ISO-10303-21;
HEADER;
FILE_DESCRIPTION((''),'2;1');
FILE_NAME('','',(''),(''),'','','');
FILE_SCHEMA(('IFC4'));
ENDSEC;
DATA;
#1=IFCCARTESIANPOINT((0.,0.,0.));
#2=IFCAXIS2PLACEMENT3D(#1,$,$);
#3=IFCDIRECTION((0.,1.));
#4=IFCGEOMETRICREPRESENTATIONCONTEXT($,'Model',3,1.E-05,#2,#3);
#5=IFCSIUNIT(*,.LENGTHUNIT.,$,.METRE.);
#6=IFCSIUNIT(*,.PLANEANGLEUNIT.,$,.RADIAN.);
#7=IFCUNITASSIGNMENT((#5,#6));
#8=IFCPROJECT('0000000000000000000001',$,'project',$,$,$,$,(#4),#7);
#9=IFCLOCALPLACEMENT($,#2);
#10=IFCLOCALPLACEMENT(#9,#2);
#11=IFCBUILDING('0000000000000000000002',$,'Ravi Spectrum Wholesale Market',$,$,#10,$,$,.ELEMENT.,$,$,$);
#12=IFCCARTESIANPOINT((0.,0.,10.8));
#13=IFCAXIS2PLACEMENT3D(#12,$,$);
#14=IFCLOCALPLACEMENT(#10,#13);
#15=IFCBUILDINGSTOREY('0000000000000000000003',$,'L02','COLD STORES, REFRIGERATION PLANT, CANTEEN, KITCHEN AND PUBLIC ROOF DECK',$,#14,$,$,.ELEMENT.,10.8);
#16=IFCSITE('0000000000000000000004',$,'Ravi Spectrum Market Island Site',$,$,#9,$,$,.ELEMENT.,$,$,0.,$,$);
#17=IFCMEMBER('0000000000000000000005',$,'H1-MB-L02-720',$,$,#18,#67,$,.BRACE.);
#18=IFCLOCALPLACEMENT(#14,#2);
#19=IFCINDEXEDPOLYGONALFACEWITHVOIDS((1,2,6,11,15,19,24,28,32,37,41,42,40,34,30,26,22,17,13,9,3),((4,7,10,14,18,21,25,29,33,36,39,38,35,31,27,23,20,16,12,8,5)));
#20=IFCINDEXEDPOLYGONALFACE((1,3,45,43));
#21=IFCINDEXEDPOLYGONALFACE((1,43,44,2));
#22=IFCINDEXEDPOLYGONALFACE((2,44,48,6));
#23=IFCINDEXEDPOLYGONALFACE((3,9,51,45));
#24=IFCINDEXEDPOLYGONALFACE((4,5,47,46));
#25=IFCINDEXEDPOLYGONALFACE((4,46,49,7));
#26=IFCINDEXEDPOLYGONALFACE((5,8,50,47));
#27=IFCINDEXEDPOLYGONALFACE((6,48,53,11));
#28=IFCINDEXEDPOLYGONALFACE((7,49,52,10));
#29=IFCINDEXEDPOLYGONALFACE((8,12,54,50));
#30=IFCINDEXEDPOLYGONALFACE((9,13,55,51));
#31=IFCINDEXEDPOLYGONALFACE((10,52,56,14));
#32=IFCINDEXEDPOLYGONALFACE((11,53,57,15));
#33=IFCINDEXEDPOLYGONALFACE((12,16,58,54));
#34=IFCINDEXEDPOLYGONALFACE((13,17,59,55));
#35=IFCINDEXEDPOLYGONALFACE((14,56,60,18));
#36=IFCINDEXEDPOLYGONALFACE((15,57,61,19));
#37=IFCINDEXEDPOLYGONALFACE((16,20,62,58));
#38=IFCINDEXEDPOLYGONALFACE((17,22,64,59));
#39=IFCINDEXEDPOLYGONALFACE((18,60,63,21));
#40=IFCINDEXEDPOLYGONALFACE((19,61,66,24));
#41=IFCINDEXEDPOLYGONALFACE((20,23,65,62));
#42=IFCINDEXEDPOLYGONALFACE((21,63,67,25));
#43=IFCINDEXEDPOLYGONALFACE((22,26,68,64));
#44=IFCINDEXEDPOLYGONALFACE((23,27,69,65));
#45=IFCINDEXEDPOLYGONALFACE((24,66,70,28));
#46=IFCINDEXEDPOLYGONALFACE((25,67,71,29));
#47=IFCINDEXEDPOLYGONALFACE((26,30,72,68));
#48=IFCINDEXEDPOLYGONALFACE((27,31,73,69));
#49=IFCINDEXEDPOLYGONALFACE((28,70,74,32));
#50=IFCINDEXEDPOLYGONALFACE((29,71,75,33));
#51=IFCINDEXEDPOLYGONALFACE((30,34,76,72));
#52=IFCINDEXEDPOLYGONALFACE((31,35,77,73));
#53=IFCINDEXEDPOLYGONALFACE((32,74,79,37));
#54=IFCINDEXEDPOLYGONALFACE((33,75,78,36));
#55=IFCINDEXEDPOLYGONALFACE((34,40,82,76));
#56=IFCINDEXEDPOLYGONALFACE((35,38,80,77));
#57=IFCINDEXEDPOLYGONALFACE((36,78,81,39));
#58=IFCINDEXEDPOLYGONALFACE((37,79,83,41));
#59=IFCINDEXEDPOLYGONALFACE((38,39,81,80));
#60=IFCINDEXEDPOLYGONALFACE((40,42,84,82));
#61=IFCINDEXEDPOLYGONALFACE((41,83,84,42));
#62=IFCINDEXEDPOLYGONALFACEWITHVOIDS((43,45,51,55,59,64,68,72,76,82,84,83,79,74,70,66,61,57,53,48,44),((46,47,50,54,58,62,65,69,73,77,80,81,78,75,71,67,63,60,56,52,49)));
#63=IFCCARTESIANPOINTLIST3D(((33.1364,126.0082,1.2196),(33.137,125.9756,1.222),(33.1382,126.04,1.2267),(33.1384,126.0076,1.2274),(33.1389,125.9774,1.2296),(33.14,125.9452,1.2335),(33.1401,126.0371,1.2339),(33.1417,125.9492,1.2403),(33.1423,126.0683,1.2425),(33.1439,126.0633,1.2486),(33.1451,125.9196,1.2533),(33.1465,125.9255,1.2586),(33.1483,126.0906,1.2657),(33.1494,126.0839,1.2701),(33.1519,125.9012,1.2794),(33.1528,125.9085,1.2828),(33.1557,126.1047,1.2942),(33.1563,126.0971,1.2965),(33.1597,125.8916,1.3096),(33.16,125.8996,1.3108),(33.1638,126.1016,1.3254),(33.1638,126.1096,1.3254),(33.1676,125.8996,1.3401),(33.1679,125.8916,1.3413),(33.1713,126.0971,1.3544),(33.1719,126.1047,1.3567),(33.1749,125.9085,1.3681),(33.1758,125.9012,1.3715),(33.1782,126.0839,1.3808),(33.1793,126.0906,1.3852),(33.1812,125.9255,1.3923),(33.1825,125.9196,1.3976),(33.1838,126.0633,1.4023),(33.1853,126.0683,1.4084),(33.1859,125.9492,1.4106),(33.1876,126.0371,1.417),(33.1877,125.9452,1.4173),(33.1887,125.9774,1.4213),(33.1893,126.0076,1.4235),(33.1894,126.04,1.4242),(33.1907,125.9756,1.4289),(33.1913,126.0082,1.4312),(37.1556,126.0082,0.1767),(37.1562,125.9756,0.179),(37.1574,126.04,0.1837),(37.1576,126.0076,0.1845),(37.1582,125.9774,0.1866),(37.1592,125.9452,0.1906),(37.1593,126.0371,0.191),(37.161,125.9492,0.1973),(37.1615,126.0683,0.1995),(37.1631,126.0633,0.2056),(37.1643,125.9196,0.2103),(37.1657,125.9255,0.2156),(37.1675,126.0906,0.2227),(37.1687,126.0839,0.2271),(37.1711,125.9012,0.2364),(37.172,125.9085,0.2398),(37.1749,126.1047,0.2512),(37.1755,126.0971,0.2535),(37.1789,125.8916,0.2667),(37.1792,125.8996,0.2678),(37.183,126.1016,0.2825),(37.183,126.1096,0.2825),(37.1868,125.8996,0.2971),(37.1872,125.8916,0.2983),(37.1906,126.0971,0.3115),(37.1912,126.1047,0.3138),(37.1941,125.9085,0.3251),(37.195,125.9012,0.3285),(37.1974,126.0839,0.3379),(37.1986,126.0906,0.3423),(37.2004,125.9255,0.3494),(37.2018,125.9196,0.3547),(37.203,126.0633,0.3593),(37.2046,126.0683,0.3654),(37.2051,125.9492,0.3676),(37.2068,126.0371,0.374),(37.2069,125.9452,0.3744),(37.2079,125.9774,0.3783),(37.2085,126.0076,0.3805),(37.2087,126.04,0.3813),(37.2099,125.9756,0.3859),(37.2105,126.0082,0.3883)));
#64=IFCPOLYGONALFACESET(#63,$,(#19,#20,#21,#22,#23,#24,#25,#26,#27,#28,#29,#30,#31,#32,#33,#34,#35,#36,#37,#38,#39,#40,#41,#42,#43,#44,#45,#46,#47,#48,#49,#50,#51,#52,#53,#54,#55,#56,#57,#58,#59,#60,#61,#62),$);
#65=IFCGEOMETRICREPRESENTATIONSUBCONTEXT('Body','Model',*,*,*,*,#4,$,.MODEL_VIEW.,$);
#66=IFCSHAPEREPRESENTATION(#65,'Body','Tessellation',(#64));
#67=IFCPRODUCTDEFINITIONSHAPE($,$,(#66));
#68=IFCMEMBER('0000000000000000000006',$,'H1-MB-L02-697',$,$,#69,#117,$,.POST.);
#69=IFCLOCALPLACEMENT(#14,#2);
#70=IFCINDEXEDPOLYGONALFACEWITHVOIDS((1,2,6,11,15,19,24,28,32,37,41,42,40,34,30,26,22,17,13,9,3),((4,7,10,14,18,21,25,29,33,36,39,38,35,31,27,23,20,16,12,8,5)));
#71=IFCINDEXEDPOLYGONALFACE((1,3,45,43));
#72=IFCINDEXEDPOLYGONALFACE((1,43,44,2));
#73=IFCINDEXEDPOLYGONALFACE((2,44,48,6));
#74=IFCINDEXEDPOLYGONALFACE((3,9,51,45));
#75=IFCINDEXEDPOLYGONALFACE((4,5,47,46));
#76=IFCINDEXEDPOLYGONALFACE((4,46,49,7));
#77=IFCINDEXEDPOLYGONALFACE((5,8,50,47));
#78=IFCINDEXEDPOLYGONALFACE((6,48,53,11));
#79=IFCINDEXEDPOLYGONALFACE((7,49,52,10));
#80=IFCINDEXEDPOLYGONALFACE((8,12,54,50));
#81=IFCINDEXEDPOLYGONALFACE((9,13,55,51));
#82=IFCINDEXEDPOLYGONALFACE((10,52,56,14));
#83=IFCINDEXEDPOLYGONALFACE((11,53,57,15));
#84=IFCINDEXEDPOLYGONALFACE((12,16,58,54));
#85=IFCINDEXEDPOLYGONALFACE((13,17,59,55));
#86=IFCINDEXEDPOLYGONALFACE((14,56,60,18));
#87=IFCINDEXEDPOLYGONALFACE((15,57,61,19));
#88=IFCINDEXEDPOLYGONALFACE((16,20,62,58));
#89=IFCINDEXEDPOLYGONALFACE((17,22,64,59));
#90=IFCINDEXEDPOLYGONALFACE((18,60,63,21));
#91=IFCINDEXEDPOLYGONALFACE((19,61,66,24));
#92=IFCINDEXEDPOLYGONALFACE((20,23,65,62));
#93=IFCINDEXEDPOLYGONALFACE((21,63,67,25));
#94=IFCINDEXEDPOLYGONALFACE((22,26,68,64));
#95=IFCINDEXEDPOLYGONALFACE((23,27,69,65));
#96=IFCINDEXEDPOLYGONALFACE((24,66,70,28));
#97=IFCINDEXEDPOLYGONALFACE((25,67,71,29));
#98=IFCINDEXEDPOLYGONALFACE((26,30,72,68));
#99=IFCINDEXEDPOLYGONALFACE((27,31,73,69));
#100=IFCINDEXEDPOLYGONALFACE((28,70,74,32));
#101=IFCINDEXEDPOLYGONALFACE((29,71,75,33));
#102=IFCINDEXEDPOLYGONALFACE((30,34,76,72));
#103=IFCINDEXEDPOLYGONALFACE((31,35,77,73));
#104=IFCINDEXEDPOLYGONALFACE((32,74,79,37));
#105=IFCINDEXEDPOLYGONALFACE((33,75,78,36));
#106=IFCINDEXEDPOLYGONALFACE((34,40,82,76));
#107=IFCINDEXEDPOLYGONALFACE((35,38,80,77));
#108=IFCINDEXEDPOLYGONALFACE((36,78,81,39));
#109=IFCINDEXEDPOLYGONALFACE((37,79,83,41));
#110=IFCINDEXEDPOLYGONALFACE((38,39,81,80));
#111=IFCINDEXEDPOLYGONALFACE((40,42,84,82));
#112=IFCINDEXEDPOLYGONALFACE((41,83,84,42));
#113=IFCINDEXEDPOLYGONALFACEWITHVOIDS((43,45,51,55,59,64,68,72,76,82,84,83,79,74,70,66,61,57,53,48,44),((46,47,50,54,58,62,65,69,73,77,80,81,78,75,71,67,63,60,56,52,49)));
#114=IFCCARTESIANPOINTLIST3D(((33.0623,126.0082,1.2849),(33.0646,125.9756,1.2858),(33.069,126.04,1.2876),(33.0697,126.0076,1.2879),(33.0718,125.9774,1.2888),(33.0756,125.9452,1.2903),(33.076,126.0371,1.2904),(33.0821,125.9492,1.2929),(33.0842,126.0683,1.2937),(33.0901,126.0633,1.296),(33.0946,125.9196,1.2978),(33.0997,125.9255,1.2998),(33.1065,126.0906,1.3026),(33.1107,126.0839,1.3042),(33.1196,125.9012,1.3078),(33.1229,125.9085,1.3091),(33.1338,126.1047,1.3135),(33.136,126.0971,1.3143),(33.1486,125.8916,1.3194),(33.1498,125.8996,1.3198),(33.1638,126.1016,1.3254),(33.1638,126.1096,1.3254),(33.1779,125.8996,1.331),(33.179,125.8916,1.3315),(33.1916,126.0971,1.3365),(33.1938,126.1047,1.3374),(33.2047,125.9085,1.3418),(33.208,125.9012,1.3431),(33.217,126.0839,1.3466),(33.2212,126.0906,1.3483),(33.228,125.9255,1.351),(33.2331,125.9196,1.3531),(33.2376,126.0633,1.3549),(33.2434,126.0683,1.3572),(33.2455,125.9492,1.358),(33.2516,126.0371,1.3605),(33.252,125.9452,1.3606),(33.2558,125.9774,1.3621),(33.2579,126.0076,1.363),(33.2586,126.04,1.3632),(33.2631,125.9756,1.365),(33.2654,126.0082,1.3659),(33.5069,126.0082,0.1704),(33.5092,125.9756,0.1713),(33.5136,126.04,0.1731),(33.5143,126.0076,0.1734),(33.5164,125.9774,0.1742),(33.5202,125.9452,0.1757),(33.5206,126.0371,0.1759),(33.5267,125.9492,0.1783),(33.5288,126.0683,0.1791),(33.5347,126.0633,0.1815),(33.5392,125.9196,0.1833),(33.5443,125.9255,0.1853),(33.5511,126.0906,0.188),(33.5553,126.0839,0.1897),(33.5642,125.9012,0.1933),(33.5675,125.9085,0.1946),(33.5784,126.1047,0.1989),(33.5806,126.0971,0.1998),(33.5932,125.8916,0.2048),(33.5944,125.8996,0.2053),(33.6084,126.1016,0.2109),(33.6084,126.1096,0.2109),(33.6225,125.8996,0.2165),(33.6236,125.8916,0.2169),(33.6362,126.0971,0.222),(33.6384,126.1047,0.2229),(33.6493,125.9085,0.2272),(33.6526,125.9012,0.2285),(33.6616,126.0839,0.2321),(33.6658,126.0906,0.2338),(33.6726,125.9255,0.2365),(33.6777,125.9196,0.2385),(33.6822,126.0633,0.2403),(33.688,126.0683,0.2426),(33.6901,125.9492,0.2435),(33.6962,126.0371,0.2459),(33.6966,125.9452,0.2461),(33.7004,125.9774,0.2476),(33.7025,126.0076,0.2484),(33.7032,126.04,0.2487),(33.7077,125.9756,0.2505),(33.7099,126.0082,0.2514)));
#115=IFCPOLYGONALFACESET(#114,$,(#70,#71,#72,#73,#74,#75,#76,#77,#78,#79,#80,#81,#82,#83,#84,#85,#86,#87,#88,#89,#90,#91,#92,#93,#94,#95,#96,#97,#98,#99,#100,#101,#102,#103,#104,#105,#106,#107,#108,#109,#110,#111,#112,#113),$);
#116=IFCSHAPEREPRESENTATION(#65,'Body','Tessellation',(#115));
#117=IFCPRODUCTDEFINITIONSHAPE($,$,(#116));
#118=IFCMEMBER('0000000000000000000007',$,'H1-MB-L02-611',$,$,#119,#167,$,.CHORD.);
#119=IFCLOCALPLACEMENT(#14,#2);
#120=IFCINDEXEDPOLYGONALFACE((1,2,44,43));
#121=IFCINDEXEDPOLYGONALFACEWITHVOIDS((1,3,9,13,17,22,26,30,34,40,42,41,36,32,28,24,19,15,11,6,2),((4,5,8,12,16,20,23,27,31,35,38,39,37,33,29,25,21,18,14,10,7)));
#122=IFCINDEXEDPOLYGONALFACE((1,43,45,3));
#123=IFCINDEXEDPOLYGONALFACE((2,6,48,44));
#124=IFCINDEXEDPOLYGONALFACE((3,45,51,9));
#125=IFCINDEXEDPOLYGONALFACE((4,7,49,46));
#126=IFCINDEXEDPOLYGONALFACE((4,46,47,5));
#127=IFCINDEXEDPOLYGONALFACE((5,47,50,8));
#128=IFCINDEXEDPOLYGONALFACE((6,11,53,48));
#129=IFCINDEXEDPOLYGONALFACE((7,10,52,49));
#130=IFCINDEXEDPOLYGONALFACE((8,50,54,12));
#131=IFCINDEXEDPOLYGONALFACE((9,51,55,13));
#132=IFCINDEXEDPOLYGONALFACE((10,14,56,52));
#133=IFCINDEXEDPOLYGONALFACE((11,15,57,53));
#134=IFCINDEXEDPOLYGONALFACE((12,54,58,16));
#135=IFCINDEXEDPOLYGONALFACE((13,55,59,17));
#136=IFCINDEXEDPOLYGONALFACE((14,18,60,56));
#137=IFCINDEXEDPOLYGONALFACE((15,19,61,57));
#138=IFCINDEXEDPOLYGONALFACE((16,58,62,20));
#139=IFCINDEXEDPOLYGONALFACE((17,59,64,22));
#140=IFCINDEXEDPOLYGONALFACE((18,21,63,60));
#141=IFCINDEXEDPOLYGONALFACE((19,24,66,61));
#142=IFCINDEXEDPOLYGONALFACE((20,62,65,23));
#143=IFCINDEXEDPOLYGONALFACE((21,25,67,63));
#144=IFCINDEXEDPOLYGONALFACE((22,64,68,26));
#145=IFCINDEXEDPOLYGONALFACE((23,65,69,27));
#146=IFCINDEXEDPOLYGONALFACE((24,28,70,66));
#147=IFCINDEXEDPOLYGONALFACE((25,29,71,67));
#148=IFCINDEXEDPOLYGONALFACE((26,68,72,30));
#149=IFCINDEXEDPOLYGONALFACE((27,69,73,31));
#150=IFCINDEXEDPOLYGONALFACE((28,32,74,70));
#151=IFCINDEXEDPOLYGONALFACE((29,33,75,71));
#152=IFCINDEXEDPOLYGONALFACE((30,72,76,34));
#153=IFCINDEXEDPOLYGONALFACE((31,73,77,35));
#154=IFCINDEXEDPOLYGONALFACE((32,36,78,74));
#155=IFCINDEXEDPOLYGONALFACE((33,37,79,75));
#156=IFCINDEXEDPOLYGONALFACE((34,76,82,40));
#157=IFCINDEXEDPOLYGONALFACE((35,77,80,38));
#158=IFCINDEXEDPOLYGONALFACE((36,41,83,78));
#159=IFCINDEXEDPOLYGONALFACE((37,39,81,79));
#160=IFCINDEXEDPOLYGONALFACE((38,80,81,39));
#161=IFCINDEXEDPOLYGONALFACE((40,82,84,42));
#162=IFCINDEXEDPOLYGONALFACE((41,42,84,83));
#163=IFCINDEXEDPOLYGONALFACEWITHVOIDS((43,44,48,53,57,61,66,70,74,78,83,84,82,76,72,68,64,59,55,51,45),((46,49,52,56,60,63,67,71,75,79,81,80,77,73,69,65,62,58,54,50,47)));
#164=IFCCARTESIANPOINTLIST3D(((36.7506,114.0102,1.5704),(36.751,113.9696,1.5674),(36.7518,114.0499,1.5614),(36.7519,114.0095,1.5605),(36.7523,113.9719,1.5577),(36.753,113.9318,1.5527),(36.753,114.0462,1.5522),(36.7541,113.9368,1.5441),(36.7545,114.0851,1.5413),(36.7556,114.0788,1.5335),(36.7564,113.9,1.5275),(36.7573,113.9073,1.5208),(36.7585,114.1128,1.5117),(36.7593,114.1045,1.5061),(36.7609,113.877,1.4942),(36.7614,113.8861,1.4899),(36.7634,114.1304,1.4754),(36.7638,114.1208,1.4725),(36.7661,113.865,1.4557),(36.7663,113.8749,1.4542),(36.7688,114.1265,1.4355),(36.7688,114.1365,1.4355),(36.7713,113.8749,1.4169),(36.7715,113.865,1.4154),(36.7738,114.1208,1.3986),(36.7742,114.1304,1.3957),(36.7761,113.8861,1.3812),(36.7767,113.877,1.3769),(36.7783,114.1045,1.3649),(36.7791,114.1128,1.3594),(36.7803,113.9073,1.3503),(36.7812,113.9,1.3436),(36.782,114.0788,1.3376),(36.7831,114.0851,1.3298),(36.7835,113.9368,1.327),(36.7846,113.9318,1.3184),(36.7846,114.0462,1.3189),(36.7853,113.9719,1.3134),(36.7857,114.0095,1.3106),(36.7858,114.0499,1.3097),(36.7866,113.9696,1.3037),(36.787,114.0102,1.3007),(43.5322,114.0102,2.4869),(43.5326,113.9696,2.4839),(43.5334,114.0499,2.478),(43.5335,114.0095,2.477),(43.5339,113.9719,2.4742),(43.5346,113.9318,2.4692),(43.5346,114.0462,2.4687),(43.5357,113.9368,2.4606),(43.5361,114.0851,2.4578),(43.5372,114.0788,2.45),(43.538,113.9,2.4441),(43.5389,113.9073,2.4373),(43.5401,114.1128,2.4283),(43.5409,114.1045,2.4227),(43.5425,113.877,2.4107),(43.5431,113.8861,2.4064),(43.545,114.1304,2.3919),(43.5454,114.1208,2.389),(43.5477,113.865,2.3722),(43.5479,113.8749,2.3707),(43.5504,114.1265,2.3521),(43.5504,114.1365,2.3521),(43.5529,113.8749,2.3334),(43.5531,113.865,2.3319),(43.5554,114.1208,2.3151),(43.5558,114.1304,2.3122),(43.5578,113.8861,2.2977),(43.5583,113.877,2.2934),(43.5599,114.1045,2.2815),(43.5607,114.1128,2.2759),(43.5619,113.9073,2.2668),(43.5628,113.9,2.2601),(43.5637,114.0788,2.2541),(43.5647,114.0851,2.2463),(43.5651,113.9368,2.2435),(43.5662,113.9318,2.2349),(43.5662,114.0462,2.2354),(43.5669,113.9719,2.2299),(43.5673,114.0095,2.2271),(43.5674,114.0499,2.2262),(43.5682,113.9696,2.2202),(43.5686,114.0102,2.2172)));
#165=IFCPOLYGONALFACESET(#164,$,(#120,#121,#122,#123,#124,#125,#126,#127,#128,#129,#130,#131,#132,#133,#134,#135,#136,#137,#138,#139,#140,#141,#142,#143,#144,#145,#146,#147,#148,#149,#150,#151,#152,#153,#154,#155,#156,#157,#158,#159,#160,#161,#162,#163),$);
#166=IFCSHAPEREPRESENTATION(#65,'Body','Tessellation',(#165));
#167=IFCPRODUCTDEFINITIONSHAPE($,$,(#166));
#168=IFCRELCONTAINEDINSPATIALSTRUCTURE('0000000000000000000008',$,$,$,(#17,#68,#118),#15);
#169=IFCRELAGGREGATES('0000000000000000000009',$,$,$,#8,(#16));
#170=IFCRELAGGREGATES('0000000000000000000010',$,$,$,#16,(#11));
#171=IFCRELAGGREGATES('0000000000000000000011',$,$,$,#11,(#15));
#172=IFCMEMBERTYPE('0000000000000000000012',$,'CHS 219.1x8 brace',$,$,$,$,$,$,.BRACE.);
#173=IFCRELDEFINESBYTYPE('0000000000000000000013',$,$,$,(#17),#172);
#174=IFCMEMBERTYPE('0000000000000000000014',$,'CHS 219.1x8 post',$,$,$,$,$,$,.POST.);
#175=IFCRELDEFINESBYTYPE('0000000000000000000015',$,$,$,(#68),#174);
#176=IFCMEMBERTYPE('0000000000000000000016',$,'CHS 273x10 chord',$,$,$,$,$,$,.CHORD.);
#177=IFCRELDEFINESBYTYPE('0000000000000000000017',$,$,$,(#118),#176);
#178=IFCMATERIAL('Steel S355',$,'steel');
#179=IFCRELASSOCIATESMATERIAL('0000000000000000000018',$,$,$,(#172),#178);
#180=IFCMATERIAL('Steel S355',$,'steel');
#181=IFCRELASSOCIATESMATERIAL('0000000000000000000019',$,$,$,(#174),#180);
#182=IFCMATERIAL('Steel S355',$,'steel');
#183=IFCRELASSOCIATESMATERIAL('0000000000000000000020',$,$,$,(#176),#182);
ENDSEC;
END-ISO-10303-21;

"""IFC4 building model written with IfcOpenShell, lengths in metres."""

from ifc_helpers import new_model, si_unit, direction, frame, origin, origin_2d, place, context, subcontext, project, spatial, hollow_circle, extrude, material, material_profile, profile_set, type_object, element, save


model = new_model("IFC4")

# Units and contexts
model_context = context("Model", 3, precision=1e-05, world=origin(), true_north=direction((0.0, 1.0)))
body_context = subcontext(model_context, "Body", "Model", "MODEL_VIEW")
ifc_project = project(units=[si_unit("LENGTHUNIT", "METRE"), si_unit("PLANEANGLEUNIT", "RADIAN")], contexts=[model_context])

# Site, building, storey
site_placement = place(None, origin())
site = spatial("IfcSite", under=ifc_project, at=site_placement, Name="Ravi Spectrum Market Island Site", CompositionType="ELEMENT", RefElevation=0.0)
building_placement = place(site_placement, origin())
building = spatial("IfcBuilding", under=site, at=building_placement, Name="Ravi Spectrum Wholesale Market", CompositionType="ELEMENT")
storey_placement = place(building_placement, frame((0.0, 0.0, 10.8)))
storey = spatial("IfcBuildingStorey", under=building, at=storey_placement, Name="L02", Description="COLD STORES, REFRIGERATION PLANT, CANTEEN, KITCHEN AND PUBLIC ROOF DECK", CompositionType="ELEMENT", Elevation=10.8)

# Members
ifc_material_1 = material(Name="Steel S355", Category="steel")
ifc_material_profile_1 = material_profile(ifc_material_1, hollow_circle(Radius=0.1096, WallThickness=0.0081, at=origin_2d()))
ifc_profile_set_1 = profile_set([ifc_material_profile_1], Name="Steel S355")
member_type_1 = type_object("IfcMemberType", Name="CHS 219.1x8 brace", PredefinedType="BRACE", material=ifc_profile_set_1)
member_1_placement = place(storey_placement, frame((33.1638, 126.0, 1.3254), z_axis=(0.967942, 0.0, -0.251172), x_axis=(0.0, 1.0, 0.0)))
element("IfcMember", 1, at=member_1_placement, inside=storey, type_object=member_type_1, Name="H1-MB-L02-720", PredefinedType="BRACE", context=body_context, shape_type="SweptSolid", body=[
    extrude(hollow_circle(Radius=0.1096, WallThickness=0.0081, at=origin_2d()), origin(), (0.0, 0.0, 1.0), 4.1523),
])
ifc_material_2 = material(Name="Steel S355", Category="steel")
ifc_material_profile_2 = material_profile(ifc_material_2, hollow_circle(Radius=0.1096, WallThickness=0.0081, at=origin_2d()))
ifc_profile_set_2 = profile_set([ifc_material_profile_2], Name="Steel S355")
member_type_2 = type_object("IfcMemberType", Name="CHS 219.1x8 post", PredefinedType="POST", material=ifc_profile_set_2)
member_2_placement = place(storey_placement, frame((33.1638, 126.0, 1.3254), z_axis=(0.370513, 0.0, -0.928827), x_axis=(0.0, 1.0, 0.0)))
element("IfcMember", 2, at=member_2_placement, inside=storey, type_object=member_type_2, Name="H1-MB-L02-697", PredefinedType="POST", context=body_context, shape_type="SweptSolid", body=[
    extrude(hollow_circle(Radius=0.1096, WallThickness=0.0081, at=origin_2d()), origin(), (0.0, 0.0, 1.0), 1.2),
])
ifc_material_3 = material(Name="Steel S355", Category="steel")
ifc_material_profile_3 = material_profile(ifc_material_3, hollow_circle(Radius=0.1365, WallThickness=0.01, at=origin_2d()))
ifc_profile_set_3 = profile_set([ifc_material_profile_3], Name="Steel S355")
member_type_3 = type_object("IfcMemberType", Name="CHS 273x10 chord", PredefinedType="CHORD", material=ifc_profile_set_3)
member_3_placement = place(storey_placement, frame((36.7688, 114.0, 1.4355), z_axis=(0.990991, 0.0, 0.13393), x_axis=(0.0, 1.0, 0.0)))
element("IfcMember", 3, at=member_3_placement, inside=storey, type_object=member_type_3, Name="H1-MB-L02-611", PredefinedType="CHORD", context=body_context, shape_type="SweptSolid", body=[
    extrude(hollow_circle(Radius=0.1365, WallThickness=0.01, at=origin_2d()), origin(), (0.0, 0.0, 1.0), 6.8433),
])

save(model, "model.ifc")
